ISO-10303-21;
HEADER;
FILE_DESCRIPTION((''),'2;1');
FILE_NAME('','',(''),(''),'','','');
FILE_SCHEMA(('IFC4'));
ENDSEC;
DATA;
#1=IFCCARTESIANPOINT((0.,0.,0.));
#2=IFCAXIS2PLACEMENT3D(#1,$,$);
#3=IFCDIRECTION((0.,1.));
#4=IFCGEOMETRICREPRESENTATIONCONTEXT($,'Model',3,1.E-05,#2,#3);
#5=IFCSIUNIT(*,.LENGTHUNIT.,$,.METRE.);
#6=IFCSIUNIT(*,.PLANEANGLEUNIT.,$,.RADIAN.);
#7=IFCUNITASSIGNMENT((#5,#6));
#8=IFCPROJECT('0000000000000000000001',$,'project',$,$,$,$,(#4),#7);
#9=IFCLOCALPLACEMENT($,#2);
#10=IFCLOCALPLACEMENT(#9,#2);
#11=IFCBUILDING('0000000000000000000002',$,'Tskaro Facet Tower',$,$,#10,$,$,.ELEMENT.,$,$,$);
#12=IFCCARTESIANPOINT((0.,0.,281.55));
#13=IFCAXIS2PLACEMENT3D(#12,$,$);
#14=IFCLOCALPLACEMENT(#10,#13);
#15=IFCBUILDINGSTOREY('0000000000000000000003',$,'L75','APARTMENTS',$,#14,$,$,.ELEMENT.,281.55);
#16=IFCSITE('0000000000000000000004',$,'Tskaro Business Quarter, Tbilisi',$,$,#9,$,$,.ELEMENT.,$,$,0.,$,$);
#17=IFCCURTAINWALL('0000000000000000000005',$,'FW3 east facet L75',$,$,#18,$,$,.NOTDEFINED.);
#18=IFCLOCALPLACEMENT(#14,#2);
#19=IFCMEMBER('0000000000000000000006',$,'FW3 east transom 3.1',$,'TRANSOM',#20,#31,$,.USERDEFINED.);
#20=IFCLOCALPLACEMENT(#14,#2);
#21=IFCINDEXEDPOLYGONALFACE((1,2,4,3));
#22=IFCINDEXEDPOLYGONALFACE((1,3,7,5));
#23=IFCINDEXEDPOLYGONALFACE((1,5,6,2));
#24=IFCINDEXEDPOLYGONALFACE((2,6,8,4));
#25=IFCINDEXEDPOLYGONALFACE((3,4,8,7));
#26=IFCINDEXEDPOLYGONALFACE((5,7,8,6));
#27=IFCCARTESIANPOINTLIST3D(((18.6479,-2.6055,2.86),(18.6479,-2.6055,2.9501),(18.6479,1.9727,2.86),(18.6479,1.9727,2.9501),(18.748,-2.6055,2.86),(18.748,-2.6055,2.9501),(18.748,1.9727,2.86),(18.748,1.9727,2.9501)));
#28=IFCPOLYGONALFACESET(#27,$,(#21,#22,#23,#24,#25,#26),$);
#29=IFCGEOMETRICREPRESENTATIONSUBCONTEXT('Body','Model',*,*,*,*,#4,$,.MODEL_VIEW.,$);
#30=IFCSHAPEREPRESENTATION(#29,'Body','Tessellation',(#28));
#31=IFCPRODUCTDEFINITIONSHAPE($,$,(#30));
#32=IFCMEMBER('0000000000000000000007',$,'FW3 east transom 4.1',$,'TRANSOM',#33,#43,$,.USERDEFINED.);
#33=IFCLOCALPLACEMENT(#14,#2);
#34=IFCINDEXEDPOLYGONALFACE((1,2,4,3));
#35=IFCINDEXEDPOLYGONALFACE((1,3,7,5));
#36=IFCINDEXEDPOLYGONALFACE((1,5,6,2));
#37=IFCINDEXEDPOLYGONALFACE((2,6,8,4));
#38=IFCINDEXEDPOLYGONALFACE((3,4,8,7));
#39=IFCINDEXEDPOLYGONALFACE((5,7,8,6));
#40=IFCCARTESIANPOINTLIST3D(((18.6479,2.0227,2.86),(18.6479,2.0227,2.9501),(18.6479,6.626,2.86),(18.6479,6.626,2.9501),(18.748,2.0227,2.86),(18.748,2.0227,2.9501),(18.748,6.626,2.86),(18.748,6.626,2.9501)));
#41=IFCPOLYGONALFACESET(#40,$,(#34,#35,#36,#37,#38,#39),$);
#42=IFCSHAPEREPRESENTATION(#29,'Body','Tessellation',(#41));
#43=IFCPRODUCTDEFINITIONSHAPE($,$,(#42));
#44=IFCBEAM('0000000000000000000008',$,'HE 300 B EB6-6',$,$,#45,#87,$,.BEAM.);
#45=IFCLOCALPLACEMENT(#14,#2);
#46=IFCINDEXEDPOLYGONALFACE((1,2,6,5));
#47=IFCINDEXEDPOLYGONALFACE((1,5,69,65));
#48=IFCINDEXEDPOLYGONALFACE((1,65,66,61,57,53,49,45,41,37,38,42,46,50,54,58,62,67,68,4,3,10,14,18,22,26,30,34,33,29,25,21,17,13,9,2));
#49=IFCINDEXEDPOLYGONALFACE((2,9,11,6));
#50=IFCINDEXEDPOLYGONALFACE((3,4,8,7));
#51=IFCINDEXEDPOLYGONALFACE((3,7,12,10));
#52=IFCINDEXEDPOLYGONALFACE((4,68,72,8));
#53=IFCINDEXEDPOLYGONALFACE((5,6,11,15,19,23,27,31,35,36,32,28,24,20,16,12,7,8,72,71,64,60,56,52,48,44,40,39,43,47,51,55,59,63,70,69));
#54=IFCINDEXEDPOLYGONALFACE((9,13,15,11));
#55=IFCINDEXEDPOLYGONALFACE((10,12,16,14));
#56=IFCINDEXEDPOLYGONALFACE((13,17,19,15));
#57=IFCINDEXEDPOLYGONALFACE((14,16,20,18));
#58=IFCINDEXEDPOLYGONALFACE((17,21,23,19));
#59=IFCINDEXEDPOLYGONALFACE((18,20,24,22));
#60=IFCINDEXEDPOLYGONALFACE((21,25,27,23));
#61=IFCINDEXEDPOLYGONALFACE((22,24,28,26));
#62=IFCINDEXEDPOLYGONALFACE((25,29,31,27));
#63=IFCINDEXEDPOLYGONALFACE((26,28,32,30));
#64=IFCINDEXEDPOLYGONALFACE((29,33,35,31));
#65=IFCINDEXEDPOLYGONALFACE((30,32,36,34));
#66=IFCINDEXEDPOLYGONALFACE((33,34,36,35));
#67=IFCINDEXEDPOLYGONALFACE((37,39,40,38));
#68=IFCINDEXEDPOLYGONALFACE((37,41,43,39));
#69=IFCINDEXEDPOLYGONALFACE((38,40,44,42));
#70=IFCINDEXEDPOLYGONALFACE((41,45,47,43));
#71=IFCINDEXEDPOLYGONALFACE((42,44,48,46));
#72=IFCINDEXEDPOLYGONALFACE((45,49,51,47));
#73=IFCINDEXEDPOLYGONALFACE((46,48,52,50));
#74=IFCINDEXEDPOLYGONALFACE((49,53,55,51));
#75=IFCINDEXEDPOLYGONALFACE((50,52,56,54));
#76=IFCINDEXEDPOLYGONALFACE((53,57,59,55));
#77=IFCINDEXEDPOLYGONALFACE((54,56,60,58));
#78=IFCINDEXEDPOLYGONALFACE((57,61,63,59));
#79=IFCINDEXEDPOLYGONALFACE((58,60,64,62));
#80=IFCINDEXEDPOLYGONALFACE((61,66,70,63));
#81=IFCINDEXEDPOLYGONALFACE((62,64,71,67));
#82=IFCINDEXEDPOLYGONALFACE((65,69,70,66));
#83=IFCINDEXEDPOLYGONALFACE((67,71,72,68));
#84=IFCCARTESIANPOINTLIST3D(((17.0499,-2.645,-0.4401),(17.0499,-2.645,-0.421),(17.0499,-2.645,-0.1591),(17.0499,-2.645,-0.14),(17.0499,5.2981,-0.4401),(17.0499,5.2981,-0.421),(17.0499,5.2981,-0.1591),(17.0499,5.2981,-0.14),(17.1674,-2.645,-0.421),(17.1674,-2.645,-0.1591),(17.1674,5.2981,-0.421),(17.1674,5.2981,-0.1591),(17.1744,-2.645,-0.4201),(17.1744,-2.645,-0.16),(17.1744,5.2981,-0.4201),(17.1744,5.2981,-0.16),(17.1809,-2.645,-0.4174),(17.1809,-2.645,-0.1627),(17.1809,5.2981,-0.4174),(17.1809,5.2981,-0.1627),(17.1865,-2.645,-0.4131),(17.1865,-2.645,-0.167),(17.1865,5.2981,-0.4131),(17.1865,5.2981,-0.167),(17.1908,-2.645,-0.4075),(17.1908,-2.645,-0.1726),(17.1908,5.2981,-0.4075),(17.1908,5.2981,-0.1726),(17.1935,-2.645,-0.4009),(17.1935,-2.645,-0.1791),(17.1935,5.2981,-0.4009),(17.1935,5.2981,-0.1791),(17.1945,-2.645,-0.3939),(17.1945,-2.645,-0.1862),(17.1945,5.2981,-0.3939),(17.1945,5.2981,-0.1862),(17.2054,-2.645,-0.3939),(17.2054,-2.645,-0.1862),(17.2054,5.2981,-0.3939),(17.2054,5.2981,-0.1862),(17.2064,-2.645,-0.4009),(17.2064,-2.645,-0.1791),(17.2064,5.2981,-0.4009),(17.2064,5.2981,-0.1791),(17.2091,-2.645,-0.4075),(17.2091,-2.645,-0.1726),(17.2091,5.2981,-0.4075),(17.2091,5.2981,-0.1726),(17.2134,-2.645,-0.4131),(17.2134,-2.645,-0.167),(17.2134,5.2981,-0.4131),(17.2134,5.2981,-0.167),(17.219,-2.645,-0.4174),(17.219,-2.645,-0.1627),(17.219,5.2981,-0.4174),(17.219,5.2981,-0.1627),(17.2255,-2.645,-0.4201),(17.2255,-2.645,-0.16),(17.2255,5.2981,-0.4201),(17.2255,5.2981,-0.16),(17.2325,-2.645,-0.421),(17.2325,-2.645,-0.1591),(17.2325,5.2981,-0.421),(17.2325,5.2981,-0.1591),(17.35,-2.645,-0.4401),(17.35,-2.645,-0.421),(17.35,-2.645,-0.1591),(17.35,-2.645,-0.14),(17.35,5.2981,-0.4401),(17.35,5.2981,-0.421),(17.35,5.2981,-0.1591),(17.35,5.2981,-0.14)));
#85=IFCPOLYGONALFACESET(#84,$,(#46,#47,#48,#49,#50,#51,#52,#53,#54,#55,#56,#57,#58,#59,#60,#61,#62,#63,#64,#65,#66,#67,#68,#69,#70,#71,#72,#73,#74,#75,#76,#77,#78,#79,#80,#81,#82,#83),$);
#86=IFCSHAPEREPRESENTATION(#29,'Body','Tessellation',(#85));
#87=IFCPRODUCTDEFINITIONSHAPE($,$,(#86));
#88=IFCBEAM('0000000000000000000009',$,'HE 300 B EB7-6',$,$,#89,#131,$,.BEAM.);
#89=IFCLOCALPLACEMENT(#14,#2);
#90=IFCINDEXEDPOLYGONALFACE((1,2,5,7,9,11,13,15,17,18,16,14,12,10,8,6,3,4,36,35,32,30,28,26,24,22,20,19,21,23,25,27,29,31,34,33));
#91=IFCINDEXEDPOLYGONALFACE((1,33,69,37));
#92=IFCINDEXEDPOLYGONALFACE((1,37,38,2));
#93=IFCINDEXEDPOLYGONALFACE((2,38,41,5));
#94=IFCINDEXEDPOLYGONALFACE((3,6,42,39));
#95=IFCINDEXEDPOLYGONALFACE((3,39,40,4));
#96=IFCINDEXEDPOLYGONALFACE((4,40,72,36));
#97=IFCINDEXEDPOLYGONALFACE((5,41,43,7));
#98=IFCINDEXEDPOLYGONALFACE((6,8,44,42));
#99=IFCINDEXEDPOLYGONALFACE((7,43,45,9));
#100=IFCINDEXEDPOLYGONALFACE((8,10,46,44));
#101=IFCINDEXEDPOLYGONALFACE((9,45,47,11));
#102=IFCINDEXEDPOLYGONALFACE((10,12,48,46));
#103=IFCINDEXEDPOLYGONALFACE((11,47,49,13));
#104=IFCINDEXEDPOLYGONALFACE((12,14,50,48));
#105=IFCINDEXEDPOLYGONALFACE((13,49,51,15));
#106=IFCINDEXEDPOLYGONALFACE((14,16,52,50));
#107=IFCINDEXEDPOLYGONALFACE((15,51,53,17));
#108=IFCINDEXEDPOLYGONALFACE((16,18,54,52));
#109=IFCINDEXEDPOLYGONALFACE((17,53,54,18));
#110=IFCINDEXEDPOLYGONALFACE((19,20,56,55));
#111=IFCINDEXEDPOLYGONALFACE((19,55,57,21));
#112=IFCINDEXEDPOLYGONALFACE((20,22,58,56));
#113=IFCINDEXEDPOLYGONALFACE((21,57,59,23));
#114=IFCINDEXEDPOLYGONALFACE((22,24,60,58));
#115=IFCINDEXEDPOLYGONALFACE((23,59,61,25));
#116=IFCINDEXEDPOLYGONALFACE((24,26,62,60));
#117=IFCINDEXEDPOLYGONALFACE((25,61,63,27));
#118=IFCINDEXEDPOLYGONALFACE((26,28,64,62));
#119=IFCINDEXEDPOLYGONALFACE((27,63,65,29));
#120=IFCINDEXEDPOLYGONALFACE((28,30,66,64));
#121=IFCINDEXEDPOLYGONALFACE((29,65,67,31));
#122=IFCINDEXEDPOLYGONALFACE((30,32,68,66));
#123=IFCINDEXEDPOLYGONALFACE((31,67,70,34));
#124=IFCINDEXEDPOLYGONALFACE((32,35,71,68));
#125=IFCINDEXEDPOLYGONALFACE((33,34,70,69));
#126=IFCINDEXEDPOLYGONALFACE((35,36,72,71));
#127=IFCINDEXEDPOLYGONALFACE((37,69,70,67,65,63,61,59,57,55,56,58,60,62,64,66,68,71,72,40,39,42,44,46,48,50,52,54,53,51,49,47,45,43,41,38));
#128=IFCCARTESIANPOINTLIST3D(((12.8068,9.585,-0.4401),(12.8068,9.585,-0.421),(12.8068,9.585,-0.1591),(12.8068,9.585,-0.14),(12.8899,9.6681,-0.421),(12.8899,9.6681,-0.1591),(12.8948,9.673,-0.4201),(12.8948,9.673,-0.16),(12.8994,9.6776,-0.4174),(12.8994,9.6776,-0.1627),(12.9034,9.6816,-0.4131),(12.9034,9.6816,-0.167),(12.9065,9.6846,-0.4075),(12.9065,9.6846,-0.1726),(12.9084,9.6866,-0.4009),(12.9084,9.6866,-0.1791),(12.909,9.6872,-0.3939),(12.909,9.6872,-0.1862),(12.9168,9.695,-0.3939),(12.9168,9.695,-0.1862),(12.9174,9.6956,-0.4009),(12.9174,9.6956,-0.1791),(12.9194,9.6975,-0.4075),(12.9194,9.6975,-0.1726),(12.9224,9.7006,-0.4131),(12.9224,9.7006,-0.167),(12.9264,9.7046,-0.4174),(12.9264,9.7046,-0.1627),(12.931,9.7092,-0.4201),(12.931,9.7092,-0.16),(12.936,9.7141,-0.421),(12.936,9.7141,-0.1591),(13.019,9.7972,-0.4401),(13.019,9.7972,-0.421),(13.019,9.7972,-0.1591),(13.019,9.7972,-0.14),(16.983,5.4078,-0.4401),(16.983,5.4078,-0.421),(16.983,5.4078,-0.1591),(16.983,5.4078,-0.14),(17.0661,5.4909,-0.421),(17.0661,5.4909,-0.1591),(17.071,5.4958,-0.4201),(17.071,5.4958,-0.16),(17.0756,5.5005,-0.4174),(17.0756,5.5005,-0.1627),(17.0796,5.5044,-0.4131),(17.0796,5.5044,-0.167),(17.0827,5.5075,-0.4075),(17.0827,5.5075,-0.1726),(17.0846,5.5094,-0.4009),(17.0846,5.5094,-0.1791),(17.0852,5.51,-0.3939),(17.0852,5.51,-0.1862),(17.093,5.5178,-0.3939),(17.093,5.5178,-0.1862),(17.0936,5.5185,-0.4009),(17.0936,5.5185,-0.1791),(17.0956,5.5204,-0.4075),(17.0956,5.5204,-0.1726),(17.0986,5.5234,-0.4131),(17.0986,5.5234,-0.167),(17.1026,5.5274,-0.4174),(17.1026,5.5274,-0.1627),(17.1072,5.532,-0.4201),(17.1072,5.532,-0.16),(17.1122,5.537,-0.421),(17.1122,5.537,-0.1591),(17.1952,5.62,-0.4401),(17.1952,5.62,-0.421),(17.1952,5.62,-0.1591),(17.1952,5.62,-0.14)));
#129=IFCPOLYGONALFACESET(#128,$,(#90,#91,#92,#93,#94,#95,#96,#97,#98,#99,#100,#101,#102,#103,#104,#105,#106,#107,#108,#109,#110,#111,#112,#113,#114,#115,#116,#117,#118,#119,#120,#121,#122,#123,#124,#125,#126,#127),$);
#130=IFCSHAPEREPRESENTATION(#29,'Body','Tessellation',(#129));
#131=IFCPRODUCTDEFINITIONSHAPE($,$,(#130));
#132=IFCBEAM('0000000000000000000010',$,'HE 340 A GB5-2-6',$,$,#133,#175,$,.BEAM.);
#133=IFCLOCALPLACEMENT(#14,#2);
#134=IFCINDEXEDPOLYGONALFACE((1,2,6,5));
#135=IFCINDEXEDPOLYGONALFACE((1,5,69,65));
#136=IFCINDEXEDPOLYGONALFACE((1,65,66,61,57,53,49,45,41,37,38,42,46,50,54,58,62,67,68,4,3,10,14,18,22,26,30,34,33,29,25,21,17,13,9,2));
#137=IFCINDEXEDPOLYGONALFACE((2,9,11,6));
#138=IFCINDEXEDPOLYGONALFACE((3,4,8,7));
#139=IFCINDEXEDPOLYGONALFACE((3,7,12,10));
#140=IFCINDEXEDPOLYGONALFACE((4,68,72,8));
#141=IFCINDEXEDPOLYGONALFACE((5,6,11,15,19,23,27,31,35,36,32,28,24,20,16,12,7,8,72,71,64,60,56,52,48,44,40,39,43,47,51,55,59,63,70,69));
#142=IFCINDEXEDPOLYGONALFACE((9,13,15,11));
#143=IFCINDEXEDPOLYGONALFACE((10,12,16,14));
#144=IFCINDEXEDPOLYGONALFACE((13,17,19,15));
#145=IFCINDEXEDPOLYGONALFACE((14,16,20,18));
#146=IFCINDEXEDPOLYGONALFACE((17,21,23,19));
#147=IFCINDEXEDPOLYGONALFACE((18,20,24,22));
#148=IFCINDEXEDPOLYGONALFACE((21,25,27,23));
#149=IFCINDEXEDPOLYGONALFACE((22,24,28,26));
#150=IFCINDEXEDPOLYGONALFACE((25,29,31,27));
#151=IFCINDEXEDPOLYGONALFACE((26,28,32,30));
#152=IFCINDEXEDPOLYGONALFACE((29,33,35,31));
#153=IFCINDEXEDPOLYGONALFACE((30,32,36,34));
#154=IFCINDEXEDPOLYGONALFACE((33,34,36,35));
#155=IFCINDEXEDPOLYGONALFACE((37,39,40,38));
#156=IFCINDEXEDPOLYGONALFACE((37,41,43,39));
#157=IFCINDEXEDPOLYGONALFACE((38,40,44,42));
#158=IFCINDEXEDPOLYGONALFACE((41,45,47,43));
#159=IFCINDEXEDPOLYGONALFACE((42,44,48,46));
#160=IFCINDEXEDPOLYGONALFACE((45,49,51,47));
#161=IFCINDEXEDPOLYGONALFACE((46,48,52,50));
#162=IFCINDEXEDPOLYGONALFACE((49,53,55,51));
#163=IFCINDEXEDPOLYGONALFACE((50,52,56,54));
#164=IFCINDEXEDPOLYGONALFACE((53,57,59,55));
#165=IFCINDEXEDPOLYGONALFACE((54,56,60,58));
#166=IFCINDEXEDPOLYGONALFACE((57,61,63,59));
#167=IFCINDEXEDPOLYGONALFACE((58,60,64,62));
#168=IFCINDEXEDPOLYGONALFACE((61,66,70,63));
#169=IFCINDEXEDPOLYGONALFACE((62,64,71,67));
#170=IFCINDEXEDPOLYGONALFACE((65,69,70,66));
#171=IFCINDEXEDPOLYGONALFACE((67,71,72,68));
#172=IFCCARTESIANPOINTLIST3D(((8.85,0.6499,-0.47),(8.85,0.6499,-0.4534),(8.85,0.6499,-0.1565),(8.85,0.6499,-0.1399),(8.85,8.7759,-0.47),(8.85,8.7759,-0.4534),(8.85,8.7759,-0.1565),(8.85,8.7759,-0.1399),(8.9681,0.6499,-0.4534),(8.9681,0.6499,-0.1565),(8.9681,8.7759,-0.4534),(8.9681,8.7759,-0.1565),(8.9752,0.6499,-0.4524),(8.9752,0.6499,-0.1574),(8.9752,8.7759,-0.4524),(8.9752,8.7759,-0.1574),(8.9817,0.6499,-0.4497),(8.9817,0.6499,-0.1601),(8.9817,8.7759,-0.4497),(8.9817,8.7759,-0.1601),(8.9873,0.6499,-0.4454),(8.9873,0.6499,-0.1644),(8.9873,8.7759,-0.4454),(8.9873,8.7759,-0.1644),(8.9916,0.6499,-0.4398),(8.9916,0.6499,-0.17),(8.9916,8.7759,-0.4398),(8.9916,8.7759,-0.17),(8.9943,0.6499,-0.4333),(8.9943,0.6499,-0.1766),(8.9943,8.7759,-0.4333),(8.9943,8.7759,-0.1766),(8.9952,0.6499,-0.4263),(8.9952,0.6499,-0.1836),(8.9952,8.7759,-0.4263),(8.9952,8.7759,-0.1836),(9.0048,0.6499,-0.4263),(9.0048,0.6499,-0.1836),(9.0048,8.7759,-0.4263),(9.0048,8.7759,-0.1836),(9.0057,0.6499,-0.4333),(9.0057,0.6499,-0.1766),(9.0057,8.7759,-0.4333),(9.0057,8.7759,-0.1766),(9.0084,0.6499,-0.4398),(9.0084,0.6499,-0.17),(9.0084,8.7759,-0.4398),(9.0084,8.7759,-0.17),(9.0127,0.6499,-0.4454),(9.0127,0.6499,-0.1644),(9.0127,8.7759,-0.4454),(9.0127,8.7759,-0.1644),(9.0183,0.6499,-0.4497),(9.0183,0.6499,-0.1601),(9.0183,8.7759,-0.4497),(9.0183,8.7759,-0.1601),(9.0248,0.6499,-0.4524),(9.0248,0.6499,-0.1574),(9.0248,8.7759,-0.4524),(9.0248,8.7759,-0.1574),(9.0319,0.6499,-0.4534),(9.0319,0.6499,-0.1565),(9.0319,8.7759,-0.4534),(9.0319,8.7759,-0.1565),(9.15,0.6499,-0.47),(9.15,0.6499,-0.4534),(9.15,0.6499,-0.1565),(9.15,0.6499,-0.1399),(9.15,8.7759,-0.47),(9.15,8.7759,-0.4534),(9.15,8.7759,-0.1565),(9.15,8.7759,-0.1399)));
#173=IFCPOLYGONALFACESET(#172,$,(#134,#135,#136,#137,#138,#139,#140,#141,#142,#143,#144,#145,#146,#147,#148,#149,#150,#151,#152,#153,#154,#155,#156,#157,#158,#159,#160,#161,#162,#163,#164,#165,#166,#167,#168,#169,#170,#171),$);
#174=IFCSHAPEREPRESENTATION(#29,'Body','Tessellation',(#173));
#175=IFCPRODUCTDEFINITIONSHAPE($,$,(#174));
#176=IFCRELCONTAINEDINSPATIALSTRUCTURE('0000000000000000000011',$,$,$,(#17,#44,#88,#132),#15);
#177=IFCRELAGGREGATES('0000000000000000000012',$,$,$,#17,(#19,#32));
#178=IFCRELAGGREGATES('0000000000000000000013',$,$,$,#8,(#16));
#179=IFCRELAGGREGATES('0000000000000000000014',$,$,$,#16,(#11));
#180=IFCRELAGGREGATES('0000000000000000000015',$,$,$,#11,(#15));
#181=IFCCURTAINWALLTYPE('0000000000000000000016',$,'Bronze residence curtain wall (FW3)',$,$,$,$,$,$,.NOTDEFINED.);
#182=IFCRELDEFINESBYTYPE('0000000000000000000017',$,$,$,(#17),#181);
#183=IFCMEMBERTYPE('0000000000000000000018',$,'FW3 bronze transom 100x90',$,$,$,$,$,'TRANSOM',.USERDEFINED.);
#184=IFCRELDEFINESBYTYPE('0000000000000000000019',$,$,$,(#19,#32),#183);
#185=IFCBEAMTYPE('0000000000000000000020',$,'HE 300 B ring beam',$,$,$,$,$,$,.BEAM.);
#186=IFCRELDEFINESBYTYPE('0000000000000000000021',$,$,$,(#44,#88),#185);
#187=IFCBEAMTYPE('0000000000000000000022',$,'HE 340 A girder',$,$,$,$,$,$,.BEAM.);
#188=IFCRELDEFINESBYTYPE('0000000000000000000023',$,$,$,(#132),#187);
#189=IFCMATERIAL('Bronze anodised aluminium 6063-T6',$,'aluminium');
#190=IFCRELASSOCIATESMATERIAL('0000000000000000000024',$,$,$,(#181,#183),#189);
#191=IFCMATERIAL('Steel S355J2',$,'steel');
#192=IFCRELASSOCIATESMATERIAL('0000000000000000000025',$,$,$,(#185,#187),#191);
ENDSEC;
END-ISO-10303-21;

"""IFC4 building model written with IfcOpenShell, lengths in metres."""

from ifc_helpers import new_model, si_unit, direction, frame, origin, origin_2d, place, context, subcontext, project, spatial, rectangle, i_section, extrude, material, material_profile, profile_set, type_object, element, aggregate, save


model = new_model("IFC4")

# Units and contexts
model_context = context("Model", 3, precision=1e-05, world=origin(), true_north=direction((0.0, 1.0)))
body_context = subcontext(model_context, "Body", "Model", "MODEL_VIEW")
ifc_project = project(units=[si_unit("LENGTHUNIT", "METRE"), si_unit("PLANEANGLEUNIT", "RADIAN")], contexts=[model_context])

# Site, building, storey
site_placement = place(None, origin())
site = spatial("IfcSite", under=ifc_project, at=site_placement, Name="Tskaro Business Quarter, Tbilisi", CompositionType="ELEMENT", RefElevation=0.0)
building_placement = place(site_placement, origin())
building = spatial("IfcBuilding", under=site, at=building_placement, Name="Tskaro Facet Tower", CompositionType="ELEMENT")
storey_placement = place(building_placement, frame((0.0, 0.0, 281.55)))
storey = spatial("IfcBuildingStorey", under=building, at=storey_placement, Name="L75", Description="APARTMENTS", CompositionType="ELEMENT", Elevation=281.55)

# Shared definitions
ifc_material_1 = material(Name="Steel S355J2", Category="steel")

# Curtain wall, members
ifc_material_2 = material(Name="Bronze anodised aluminium 6063-T6", Category="aluminium")
curtain_wall_type = type_object("IfcCurtainWallType", Name="Bronze residence curtain wall (FW3)", PredefinedType="NOTDEFINED", material=ifc_material_2)
curtain_wall_placement = place(storey_placement, origin())
curtain_wall = element("IfcCurtainWall", 1, at=curtain_wall_placement, inside=storey, type_object=curtain_wall_type, Name="FW3 east facet L75", PredefinedType="NOTDEFINED")
ifc_material_profile_1 = material_profile(ifc_material_2, rectangle(XDim=0.1001, YDim=0.0901, at=origin_2d()), Name="Transom 100x90")
ifc_profile_set_1 = profile_set([ifc_material_profile_1], Name="Bronze anodised aluminium 6063-T6")
member_type_1 = type_object("IfcMemberType", Name="FW3 bronze transom 100x90", ElementType="TRANSOM", PredefinedType="USERDEFINED", material=ifc_profile_set_1)
member_1_placement = place(storey_placement, frame((18.698, -2.6055, 2.905), z_axis=(0.0, 1.0, 0.0), x_axis=(-1.0, 0.0, 0.0)))
member_1 = element("IfcMember", 2, at=member_1_placement, type_object=member_type_1, Name="FW3 east transom 3.1", ObjectType="TRANSOM", PredefinedType="USERDEFINED", context=body_context, shape_type="SweptSolid", body=[
    extrude(rectangle(XDim=0.1001, YDim=0.0901, at=origin_2d()), origin(), (0.0, 0.0, 1.0), 4.5781),
])
member_2_placement = place(storey_placement, frame((18.698, 2.0227, 2.905), z_axis=(0.0, 1.0, 0.0), x_axis=(-1.0, 0.0, 0.0)))
member_2 = element("IfcMember", 3, at=member_2_placement, type_object=member_type_1, Name="FW3 east transom 4.1", ObjectType="TRANSOM", PredefinedType="USERDEFINED", context=body_context, shape_type="SweptSolid", body=[
    extrude(rectangle(XDim=0.1001, YDim=0.0901, at=origin_2d()), origin(), (0.0, 0.0, 1.0), 4.6033),
])

# Beams
ifc_material_profile_2 = material_profile(ifc_material_1, i_section(OverallWidth=0.3, OverallDepth=0.3, WebThickness=0.011, FlangeThickness=0.019, FilletRadius=0.0271, at=origin_2d()), Name="HE 300 B")
ifc_profile_set_2 = profile_set([ifc_material_profile_2], Name="Steel S355J2")
beam_type_1 = type_object("IfcBeamType", Name="HE 300 B ring beam", PredefinedType="BEAM", material=ifc_profile_set_2)
beam_1_placement = place(storey_placement, frame((17.2, -2.645, -0.29), z_axis=(0.0, 1.0, 0.0), x_axis=(-1.0, 0.0, 0.0)))
element("IfcBeam", 4, at=beam_1_placement, inside=storey, type_object=beam_type_1, Name="HE 300 B EB6-6", PredefinedType="BEAM", context=body_context, shape_type="SweptSolid", body=[
    extrude(i_section(OverallWidth=0.3, OverallDepth=0.3, WebThickness=0.011, FlangeThickness=0.019, FilletRadius=0.0271, at=origin_2d()), origin(), (0.0, 0.0, 1.0), 7.9431),
])
beam_2_placement = place(storey_placement, frame((17.0891, 5.5139, -0.29), z_axis=(-0.707024, 0.707189, 0.0), x_axis=(-0.707189, -0.707024, 0.0)))
element("IfcBeam", 5, at=beam_2_placement, inside=storey, type_object=beam_type_1, Name="HE 300 B EB7-6", PredefinedType="BEAM", context=body_context, shape_type="SweptSolid", body=[
    extrude(i_section(OverallWidth=0.3, OverallDepth=0.3, WebThickness=0.011, FlangeThickness=0.019, FilletRadius=0.0271, at=origin_2d()), origin(), (0.0, 0.0, 1.0), 5.9067),
])
ifc_material_profile_3 = material_profile(ifc_material_1, i_section(OverallWidth=0.3, OverallDepth=0.3301, WebThickness=0.0095, FlangeThickness=0.0166, FilletRadius=0.0271, at=origin_2d()), Name="HE 340 A")
ifc_profile_set_3 = profile_set([ifc_material_profile_3], Name="Steel S355J2")
beam_type_2 = type_object("IfcBeamType", Name="HE 340 A girder", PredefinedType="BEAM", material=ifc_profile_set_3)
beam_3_placement = place(storey_placement, frame((9.0, 0.6499, -0.3049), z_axis=(0.0, 1.0, 0.0), x_axis=(-1.0, 0.0, 0.0)))
element("IfcBeam", 6, at=beam_3_placement, inside=storey, type_object=beam_type_2, Name="HE 340 A GB5-2-6", PredefinedType="BEAM", context=body_context, shape_type="SweptSolid", body=[
    extrude(i_section(OverallWidth=0.3, OverallDepth=0.3301, WebThickness=0.0095, FlangeThickness=0.0166, FilletRadius=0.0271, at=origin_2d()), origin(), (0.0, 0.0, 1.0), 8.126),
])

aggregate(curtain_wall, [member_1, member_2])

save(model, "model.ifc")
